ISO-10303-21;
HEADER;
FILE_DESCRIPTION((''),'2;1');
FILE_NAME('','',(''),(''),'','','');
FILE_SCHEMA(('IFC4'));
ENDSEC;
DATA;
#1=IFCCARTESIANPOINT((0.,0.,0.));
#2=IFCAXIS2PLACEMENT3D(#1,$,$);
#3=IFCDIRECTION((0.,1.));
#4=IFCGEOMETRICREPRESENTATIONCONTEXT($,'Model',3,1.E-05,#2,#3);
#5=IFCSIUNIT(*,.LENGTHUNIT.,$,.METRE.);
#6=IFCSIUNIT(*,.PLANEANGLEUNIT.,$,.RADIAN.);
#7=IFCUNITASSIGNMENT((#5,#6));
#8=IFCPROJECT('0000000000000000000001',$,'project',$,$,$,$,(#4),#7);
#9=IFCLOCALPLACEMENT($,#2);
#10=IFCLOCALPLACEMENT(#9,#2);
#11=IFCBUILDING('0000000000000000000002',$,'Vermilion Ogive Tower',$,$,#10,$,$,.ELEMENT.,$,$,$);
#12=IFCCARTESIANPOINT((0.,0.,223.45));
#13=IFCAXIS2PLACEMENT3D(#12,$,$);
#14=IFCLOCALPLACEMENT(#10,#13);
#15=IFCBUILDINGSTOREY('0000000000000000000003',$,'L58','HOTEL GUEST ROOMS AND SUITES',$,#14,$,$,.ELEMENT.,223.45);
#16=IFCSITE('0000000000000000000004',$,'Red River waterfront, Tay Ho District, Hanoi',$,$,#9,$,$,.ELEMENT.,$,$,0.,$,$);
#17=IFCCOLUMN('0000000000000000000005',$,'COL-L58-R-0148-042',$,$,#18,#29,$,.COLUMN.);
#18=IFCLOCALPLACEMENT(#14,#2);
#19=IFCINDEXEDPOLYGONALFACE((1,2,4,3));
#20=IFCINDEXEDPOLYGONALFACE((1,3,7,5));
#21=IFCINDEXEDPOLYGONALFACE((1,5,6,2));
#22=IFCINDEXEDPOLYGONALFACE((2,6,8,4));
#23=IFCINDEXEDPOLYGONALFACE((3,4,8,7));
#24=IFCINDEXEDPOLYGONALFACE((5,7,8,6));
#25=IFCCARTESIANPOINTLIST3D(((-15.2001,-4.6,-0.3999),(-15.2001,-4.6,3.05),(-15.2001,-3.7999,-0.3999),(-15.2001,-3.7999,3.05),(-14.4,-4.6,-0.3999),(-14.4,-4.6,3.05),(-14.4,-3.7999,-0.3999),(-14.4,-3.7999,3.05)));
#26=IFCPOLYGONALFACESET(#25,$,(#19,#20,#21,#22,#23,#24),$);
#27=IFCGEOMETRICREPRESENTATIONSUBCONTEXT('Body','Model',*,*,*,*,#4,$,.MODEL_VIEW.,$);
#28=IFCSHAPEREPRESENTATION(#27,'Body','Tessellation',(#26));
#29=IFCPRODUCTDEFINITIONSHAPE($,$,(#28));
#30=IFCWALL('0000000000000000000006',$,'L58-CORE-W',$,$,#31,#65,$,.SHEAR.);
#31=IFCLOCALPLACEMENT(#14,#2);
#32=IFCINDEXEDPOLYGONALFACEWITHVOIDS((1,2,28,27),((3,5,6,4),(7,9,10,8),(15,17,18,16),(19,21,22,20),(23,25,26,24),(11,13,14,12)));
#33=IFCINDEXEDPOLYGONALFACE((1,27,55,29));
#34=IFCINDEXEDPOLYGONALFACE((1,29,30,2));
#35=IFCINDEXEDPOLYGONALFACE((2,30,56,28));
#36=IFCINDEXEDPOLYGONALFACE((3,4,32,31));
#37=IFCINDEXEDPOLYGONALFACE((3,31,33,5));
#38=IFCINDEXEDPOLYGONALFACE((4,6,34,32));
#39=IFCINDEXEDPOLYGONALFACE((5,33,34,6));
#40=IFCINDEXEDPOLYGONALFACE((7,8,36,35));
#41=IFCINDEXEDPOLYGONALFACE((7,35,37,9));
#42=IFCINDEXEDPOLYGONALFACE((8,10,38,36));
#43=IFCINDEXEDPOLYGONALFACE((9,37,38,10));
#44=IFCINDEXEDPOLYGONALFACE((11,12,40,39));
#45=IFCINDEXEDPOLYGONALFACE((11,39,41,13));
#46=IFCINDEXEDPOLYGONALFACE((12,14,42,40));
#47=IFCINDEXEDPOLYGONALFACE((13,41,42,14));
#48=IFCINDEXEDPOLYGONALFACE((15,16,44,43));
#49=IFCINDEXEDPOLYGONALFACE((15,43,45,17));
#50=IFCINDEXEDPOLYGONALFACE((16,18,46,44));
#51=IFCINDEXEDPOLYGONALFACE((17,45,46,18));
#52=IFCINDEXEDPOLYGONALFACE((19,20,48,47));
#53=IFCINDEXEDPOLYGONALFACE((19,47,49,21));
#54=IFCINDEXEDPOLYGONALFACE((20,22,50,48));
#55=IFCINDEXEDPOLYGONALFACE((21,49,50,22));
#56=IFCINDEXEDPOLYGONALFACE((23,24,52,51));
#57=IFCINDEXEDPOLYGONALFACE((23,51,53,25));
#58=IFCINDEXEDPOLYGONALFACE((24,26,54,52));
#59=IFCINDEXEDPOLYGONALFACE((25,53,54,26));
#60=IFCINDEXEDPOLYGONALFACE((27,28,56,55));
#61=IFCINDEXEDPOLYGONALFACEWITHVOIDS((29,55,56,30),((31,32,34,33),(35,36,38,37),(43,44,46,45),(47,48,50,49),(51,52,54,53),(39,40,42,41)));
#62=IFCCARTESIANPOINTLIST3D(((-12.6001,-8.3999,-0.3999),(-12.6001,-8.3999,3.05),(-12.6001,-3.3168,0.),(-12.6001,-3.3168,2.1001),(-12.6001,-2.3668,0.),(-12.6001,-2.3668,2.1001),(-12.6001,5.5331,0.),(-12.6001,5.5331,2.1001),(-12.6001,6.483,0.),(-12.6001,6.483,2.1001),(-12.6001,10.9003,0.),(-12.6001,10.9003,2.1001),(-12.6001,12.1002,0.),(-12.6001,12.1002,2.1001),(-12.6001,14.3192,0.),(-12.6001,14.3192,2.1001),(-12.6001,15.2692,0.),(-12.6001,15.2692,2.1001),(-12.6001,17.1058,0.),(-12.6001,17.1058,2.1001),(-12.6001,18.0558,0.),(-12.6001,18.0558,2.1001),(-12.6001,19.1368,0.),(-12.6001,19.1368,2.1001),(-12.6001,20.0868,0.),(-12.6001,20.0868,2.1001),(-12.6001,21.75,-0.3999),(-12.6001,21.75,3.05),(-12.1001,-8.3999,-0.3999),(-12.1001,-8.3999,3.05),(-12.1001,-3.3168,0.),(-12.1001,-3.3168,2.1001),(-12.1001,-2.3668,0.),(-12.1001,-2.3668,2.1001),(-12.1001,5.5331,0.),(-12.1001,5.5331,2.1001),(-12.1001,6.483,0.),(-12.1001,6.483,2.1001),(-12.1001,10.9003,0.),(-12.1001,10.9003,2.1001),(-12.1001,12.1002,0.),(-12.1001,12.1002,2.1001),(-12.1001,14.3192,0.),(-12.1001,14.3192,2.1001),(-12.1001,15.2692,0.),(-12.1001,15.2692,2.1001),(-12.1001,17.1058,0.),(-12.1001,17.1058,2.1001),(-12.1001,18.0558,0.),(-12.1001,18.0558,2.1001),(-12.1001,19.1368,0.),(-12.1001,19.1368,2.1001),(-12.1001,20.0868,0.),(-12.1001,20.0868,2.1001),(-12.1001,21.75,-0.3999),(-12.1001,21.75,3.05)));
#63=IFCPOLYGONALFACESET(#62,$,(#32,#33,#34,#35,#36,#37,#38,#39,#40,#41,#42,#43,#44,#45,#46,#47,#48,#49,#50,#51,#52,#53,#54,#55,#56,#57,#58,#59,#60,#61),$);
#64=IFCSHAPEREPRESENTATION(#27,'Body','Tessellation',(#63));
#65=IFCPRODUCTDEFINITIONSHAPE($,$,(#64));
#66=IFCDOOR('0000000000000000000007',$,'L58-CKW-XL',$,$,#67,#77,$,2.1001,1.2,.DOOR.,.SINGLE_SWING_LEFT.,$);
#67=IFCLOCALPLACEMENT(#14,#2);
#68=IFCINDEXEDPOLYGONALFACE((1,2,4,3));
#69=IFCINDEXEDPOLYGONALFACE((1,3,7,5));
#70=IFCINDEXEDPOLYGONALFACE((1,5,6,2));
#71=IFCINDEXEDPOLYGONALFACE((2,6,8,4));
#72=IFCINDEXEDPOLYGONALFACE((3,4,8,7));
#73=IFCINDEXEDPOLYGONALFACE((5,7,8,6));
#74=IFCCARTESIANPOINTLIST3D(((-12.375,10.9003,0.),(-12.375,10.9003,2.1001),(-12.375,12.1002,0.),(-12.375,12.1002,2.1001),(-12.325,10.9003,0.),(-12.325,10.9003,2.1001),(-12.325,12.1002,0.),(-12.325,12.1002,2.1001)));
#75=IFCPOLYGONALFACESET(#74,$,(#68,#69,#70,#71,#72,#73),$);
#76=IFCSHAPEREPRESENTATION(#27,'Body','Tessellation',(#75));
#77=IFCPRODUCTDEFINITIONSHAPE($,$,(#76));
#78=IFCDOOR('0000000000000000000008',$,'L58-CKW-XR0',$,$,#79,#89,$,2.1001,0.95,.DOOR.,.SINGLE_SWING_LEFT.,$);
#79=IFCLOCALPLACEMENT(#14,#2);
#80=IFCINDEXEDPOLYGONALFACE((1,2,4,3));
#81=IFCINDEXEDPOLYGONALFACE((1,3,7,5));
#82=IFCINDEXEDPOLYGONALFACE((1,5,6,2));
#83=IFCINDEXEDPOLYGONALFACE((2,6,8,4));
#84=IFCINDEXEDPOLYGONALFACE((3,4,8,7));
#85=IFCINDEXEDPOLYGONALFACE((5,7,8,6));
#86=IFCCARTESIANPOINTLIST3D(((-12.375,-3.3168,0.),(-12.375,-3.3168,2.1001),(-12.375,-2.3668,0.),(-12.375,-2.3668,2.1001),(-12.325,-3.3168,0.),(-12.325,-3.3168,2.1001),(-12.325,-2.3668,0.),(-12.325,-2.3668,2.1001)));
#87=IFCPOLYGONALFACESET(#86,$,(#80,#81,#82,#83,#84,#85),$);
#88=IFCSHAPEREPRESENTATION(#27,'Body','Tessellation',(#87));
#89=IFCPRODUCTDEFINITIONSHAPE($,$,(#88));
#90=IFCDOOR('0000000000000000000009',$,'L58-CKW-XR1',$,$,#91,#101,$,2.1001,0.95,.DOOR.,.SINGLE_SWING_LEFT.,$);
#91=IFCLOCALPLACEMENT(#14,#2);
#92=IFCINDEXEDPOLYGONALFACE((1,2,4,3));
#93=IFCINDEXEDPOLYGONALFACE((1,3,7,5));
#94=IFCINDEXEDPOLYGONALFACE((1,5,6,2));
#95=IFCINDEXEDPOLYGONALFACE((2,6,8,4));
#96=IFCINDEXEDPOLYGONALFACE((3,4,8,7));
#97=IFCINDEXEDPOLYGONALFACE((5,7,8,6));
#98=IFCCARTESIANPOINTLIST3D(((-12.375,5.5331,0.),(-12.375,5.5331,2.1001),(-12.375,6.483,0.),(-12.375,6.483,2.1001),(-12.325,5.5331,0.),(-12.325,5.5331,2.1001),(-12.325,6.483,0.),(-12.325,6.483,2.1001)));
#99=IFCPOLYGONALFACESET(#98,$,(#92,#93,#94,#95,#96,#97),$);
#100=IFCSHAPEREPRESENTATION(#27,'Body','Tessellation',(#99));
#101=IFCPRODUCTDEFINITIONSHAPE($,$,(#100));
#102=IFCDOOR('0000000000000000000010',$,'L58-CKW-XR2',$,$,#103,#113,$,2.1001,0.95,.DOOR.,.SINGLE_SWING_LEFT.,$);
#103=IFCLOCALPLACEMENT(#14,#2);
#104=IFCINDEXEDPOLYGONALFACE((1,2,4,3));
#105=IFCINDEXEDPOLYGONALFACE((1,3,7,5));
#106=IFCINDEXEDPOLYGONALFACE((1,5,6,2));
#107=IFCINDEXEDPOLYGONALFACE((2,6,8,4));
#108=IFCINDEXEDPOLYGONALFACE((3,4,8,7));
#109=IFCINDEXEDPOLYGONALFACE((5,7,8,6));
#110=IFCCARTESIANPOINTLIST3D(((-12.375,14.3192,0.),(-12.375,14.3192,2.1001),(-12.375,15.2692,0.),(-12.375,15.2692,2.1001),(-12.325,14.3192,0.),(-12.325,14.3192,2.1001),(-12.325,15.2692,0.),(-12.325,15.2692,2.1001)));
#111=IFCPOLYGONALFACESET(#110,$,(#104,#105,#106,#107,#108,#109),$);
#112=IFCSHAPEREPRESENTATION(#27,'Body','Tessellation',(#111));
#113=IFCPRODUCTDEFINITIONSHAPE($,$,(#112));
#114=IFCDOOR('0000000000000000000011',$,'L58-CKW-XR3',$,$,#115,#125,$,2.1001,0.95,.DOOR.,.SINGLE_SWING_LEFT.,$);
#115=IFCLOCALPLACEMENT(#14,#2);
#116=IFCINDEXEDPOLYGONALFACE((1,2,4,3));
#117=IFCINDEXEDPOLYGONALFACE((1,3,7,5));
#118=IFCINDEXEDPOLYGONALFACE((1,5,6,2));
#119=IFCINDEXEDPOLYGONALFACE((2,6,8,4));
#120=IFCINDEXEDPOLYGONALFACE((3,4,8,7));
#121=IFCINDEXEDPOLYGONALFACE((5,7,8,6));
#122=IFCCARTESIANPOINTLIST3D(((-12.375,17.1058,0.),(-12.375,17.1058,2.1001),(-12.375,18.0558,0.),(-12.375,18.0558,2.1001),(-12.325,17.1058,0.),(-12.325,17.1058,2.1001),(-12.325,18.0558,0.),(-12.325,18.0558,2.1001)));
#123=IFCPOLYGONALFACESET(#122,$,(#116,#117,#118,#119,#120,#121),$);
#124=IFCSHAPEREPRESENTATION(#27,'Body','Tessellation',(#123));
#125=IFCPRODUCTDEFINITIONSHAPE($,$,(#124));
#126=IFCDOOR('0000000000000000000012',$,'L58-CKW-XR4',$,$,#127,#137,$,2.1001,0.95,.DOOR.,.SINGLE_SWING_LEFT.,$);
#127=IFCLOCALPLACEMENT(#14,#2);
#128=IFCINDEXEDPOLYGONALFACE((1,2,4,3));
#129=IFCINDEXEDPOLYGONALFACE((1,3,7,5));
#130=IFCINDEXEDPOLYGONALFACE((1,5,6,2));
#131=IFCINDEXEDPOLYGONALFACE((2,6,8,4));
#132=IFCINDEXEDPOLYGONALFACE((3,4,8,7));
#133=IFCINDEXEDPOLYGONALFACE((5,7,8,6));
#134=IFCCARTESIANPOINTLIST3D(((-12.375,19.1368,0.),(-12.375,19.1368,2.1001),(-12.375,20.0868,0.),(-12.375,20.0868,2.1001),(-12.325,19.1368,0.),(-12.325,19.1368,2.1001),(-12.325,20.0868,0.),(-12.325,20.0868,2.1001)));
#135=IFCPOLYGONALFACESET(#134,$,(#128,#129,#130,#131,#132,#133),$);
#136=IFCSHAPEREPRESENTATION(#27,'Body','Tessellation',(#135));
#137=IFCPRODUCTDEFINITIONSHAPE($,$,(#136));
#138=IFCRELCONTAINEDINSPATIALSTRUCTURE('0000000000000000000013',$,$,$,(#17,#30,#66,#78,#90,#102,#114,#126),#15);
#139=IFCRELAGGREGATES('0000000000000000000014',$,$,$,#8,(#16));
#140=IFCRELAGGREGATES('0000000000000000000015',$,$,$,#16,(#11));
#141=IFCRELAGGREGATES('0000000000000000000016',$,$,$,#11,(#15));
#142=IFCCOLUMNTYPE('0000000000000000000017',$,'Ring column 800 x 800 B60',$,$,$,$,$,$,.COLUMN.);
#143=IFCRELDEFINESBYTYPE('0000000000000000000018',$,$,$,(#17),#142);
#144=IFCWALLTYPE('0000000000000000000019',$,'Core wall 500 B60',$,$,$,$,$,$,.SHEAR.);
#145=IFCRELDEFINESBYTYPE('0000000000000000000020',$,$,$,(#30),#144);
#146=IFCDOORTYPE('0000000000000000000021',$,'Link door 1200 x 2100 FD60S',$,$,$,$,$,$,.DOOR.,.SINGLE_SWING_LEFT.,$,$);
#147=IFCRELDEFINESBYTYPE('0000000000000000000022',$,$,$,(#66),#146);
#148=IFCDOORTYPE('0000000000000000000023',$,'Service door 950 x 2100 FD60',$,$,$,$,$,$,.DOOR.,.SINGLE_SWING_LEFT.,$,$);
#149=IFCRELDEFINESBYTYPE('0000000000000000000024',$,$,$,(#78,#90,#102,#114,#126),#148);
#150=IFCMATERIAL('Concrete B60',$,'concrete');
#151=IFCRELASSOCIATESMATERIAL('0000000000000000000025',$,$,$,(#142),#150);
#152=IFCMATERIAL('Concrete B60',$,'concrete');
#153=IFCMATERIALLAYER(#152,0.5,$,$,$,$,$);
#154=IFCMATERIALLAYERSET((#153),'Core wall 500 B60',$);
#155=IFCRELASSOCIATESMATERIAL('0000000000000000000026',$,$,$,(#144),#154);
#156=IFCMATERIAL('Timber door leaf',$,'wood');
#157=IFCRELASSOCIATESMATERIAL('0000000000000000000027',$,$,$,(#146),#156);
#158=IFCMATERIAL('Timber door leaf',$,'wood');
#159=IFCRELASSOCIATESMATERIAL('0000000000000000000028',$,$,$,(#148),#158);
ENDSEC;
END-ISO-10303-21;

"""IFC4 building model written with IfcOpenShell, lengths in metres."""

from ifc_helpers import new_model, si_unit, direction, frame, frame_2d, origin, origin_2d, place, context, subcontext, project, spatial, rectangle, extrude, material, layer, layer_set, material_profile, profile_set, type_object, element, fill, save


model = new_model("IFC4")

# Units and contexts
model_context = context("Model", 3, precision=1e-05, world=origin(), true_north=direction((0.0, 1.0)))
body_context = subcontext(model_context, "Body", "Model", "MODEL_VIEW")
ifc_project = project(units=[si_unit("LENGTHUNIT", "METRE"), si_unit("PLANEANGLEUNIT", "RADIAN")], contexts=[model_context])

# Site, building, storey
site_placement = place(None, origin())
site = spatial("IfcSite", under=ifc_project, at=site_placement, Name="Red River waterfront, Tay Ho District, Hanoi", CompositionType="ELEMENT", RefElevation=0.0)
building_placement = place(site_placement, origin())
building = spatial("IfcBuilding", under=site, at=building_placement, Name="Vermilion Ogive Tower", CompositionType="ELEMENT")
storey_placement = place(building_placement, frame((0.0, 0.0, 223.45)))
storey = spatial("IfcBuildingStorey", under=building, at=storey_placement, Name="L58", Description="HOTEL GUEST ROOMS AND SUITES", CompositionType="ELEMENT", Elevation=223.45)

# Column
ifc_material_1 = material(Name="Concrete B60", Category="concrete")
ifc_material_profile = material_profile(ifc_material_1, rectangle(XDim=0.8, YDim=0.8, at=origin_2d()), Name="800 x 800")
ifc_profile_set = profile_set([ifc_material_profile], Name="Concrete B60")
column_type = type_object("IfcColumnType", Name="Ring column 800 x 800 B60", PredefinedType="COLUMN", material=ifc_profile_set)
column_placement = place(storey_placement, frame((-14.8, -4.2, -0.3999), z_axis=(0.0, 0.0, 1.0), x_axis=(1.0, 0.0, 0.0)))
element("IfcColumn", 1, at=column_placement, inside=storey, type_object=column_type, Name="COL-L58-R-0148-042", PredefinedType="COLUMN", context=body_context, shape_type="SweptSolid", body=[
    extrude(rectangle(XDim=0.8, YDim=0.8, at=origin_2d()), origin(), (0.0, 0.0, 1.0), 3.45),
])

# Wall, openings, doors
ifc_material_2 = material(Name="Concrete B60", Category="concrete")
ifc_layer_1 = layer(ifc_material_2, 0.5)
ifc_layer_set_1 = layer_set([ifc_layer_1], Name="Core wall 500 B60")
wall_type_1 = type_object("IfcWallType", Name="Core wall 500 B60", PredefinedType="SHEAR", material=ifc_layer_set_1)
wall_1_placement = place(storey_placement, frame((-12.3501, -8.3999, -0.3999), z_axis=(0.0, 0.0, 1.0), x_axis=(0.0, 1.0, 0.0)))
wall_1 = element("IfcWall", 2, at=wall_1_placement, inside=storey, type_object=wall_type_1, Name="L58-CORE-W", PredefinedType="SHEAR", context=body_context, shape_type="SweptSolid", body=[
    extrude(rectangle(XDim=30.1499, YDim=0.5, at=frame_2d((15.075, 0.0))), origin(), (0.0, 0.0, 1.0), 3.45),
])
opening_1_placement = place(wall_1_placement, frame((5.083, 0.0, 0.3999)))
opening_1 = element("IfcOpeningElement", 3, at=opening_1_placement, cuts=wall_1, PredefinedType="OPENING", context=body_context, shape_type="SweptSolid", body=[
    extrude(rectangle(XDim=0.95, YDim=2.1001, at=frame_2d((0.4751, 1.05))), frame((0.0, 0.26, 0.0), z_axis=(0.0, -1.0, 0.0), x_axis=(1.0, 0.0, 0.0)), (0.0, 0.0, 1.0), 0.52),
])
opening_2_placement = place(wall_1_placement, frame((13.9329, 0.0, 0.3999)))
opening_2 = element("IfcOpeningElement", 4, at=opening_2_placement, cuts=wall_1, PredefinedType="OPENING", context=body_context, shape_type="SweptSolid", body=[
    extrude(rectangle(XDim=0.95, YDim=2.1001, at=frame_2d((0.4751, 1.05))), frame((0.0, 0.26, 0.0), z_axis=(0.0, -1.0, 0.0), x_axis=(1.0, 0.0, 0.0)), (0.0, 0.0, 1.0), 0.52),
])
opening_3_placement = place(wall_1_placement, frame((22.719, 0.0, 0.3999)))
opening_3 = element("IfcOpeningElement", 5, at=opening_3_placement, cuts=wall_1, PredefinedType="OPENING", context=body_context, shape_type="SweptSolid", body=[
    extrude(rectangle(XDim=0.95, YDim=2.1001, at=frame_2d((0.4751, 1.05))), frame((0.0, 0.26, 0.0), z_axis=(0.0, -1.0, 0.0), x_axis=(1.0, 0.0, 0.0)), (0.0, 0.0, 1.0), 0.52),
])
opening_4_placement = place(wall_1_placement, frame((25.5056, 0.0, 0.3999)))
opening_4 = element("IfcOpeningElement", 6, at=opening_4_placement, cuts=wall_1, PredefinedType="OPENING", context=body_context, shape_type="SweptSolid", body=[
    extrude(rectangle(XDim=0.95, YDim=2.1001, at=frame_2d((0.4751, 1.05))), frame((0.0, 0.26, 0.0), z_axis=(0.0, -1.0, 0.0), x_axis=(1.0, 0.0, 0.0)), (0.0, 0.0, 1.0), 0.52),
])
opening_5_placement = place(wall_1_placement, frame((27.5366, 0.0, 0.3999)))
opening_5 = element("IfcOpeningElement", 7, at=opening_5_placement, cuts=wall_1, PredefinedType="OPENING", context=body_context, shape_type="SweptSolid", body=[
    extrude(rectangle(XDim=0.95, YDim=2.1001, at=frame_2d((0.4751, 1.05))), frame((0.0, 0.26, 0.0), z_axis=(0.0, -1.0, 0.0), x_axis=(1.0, 0.0, 0.0)), (0.0, 0.0, 1.0), 0.52),
])
opening_6_placement = place(wall_1_placement, frame((19.3, 0.0, 0.3999)))
opening_6 = element("IfcOpeningElement", 8, at=opening_6_placement, cuts=wall_1, PredefinedType="OPENING", context=body_context, shape_type="SweptSolid", body=[
    extrude(rectangle(XDim=1.2, YDim=2.1001, at=frame_2d((0.6001, 1.05))), frame((0.0, 0.26, 0.0), z_axis=(0.0, -1.0, 0.0), x_axis=(1.0, 0.0, 0.0)), (0.0, 0.0, 1.0), 0.52),
])
ifc_material_3 = material(Name="Timber door leaf", Category="wood")
door_type_1 = type_object("IfcDoorType", Name="Link door 1200 x 2100 FD60S", OperationType="SINGLE_SWING_LEFT", PredefinedType="DOOR", material=ifc_material_3)
door_1_placement = place(opening_6_placement, origin())
door_1 = element("IfcDoor", 9, at=door_1_placement, inside=storey, type_object=door_type_1, Name="L58-CKW-XL", OperationType="SINGLE_SWING_LEFT", OverallHeight=2.1001, OverallWidth=1.2, PredefinedType="DOOR", context=body_context, shape_type="SweptSolid", body=[
    extrude(rectangle(XDim=1.2, YDim=2.1001, at=frame_2d((0.6001, 1.05))), frame((0.0, 0.0249, 0.0), z_axis=(0.0, -1.0, 0.0), x_axis=(1.0, 0.0, 0.0)), (0.0, 0.0, 1.0), 0.05),
])
fill(opening_6, door_1)
ifc_material_4 = material(Name="Timber door leaf", Category="wood")
door_type_2 = type_object("IfcDoorType", Name="Service door 950 x 2100 FD60", OperationType="SINGLE_SWING_LEFT", PredefinedType="DOOR", material=ifc_material_4)
door_2_placement = place(opening_1_placement, origin())
door_2 = element("IfcDoor", 10, at=door_2_placement, inside=storey, type_object=door_type_2, Name="L58-CKW-XR0", OperationType="SINGLE_SWING_LEFT", OverallHeight=2.1001, OverallWidth=0.95, PredefinedType="DOOR", context=body_context, shape_type="SweptSolid", body=[
    extrude(rectangle(XDim=0.95, YDim=2.1001, at=frame_2d((0.4751, 1.05))), frame((0.0, 0.0249, 0.0), z_axis=(0.0, -1.0, 0.0), x_axis=(1.0, 0.0, 0.0)), (0.0, 0.0, 1.0), 0.05),
])
fill(opening_1, door_2)
door_3_placement = place(opening_2_placement, origin())
door_3 = element("IfcDoor", 11, at=door_3_placement, inside=storey, type_object=door_type_2, Name="L58-CKW-XR1", OperationType="SINGLE_SWING_LEFT", OverallHeight=2.1001, OverallWidth=0.95, PredefinedType="DOOR", context=body_context, shape_type="SweptSolid", body=[
    extrude(rectangle(XDim=0.95, YDim=2.1001, at=frame_2d((0.4751, 1.05))), frame((0.0, 0.0249, 0.0), z_axis=(0.0, -1.0, 0.0), x_axis=(1.0, 0.0, 0.0)), (0.0, 0.0, 1.0), 0.05),
])
fill(opening_2, door_3)
door_4_placement = place(opening_3_placement, origin())
door_4 = element("IfcDoor", 12, at=door_4_placement, inside=storey, type_object=door_type_2, Name="L58-CKW-XR2", OperationType="SINGLE_SWING_LEFT", OverallHeight=2.1001, OverallWidth=0.95, PredefinedType="DOOR", context=body_context, shape_type="SweptSolid", body=[
    extrude(rectangle(XDim=0.95, YDim=2.1001, at=frame_2d((0.4751, 1.05))), frame((0.0, 0.0249, 0.0), z_axis=(0.0, -1.0, 0.0), x_axis=(1.0, 0.0, 0.0)), (0.0, 0.0, 1.0), 0.05),
])
fill(opening_3, door_4)
door_5_placement = place(opening_4_placement, origin())
door_5 = element("IfcDoor", 13, at=door_5_placement, inside=storey, type_object=door_type_2, Name="L58-CKW-XR3", OperationType="SINGLE_SWING_LEFT", OverallHeight=2.1001, OverallWidth=0.95, PredefinedType="DOOR", context=body_context, shape_type="SweptSolid", body=[
    extrude(rectangle(XDim=0.95, YDim=2.1001, at=frame_2d((0.4751, 1.05))), frame((0.0, 0.0249, 0.0), z_axis=(0.0, -1.0, 0.0), x_axis=(1.0, 0.0, 0.0)), (0.0, 0.0, 1.0), 0.05),
])
fill(opening_4, door_5)
door_6_placement = place(opening_5_placement, origin())
door_6 = element("IfcDoor", 14, at=door_6_placement, inside=storey, type_object=door_type_2, Name="L58-CKW-XR4", OperationType="SINGLE_SWING_LEFT", OverallHeight=2.1001, OverallWidth=0.95, PredefinedType="DOOR", context=body_context, shape_type="SweptSolid", body=[
    extrude(rectangle(XDim=0.95, YDim=2.1001, at=frame_2d((0.4751, 1.05))), frame((0.0, 0.0249, 0.0), z_axis=(0.0, -1.0, 0.0), x_axis=(1.0, 0.0, 0.0)), (0.0, 0.0, 1.0), 0.05),
])
fill(opening_5, door_6)

save(model, "model.ifc")
